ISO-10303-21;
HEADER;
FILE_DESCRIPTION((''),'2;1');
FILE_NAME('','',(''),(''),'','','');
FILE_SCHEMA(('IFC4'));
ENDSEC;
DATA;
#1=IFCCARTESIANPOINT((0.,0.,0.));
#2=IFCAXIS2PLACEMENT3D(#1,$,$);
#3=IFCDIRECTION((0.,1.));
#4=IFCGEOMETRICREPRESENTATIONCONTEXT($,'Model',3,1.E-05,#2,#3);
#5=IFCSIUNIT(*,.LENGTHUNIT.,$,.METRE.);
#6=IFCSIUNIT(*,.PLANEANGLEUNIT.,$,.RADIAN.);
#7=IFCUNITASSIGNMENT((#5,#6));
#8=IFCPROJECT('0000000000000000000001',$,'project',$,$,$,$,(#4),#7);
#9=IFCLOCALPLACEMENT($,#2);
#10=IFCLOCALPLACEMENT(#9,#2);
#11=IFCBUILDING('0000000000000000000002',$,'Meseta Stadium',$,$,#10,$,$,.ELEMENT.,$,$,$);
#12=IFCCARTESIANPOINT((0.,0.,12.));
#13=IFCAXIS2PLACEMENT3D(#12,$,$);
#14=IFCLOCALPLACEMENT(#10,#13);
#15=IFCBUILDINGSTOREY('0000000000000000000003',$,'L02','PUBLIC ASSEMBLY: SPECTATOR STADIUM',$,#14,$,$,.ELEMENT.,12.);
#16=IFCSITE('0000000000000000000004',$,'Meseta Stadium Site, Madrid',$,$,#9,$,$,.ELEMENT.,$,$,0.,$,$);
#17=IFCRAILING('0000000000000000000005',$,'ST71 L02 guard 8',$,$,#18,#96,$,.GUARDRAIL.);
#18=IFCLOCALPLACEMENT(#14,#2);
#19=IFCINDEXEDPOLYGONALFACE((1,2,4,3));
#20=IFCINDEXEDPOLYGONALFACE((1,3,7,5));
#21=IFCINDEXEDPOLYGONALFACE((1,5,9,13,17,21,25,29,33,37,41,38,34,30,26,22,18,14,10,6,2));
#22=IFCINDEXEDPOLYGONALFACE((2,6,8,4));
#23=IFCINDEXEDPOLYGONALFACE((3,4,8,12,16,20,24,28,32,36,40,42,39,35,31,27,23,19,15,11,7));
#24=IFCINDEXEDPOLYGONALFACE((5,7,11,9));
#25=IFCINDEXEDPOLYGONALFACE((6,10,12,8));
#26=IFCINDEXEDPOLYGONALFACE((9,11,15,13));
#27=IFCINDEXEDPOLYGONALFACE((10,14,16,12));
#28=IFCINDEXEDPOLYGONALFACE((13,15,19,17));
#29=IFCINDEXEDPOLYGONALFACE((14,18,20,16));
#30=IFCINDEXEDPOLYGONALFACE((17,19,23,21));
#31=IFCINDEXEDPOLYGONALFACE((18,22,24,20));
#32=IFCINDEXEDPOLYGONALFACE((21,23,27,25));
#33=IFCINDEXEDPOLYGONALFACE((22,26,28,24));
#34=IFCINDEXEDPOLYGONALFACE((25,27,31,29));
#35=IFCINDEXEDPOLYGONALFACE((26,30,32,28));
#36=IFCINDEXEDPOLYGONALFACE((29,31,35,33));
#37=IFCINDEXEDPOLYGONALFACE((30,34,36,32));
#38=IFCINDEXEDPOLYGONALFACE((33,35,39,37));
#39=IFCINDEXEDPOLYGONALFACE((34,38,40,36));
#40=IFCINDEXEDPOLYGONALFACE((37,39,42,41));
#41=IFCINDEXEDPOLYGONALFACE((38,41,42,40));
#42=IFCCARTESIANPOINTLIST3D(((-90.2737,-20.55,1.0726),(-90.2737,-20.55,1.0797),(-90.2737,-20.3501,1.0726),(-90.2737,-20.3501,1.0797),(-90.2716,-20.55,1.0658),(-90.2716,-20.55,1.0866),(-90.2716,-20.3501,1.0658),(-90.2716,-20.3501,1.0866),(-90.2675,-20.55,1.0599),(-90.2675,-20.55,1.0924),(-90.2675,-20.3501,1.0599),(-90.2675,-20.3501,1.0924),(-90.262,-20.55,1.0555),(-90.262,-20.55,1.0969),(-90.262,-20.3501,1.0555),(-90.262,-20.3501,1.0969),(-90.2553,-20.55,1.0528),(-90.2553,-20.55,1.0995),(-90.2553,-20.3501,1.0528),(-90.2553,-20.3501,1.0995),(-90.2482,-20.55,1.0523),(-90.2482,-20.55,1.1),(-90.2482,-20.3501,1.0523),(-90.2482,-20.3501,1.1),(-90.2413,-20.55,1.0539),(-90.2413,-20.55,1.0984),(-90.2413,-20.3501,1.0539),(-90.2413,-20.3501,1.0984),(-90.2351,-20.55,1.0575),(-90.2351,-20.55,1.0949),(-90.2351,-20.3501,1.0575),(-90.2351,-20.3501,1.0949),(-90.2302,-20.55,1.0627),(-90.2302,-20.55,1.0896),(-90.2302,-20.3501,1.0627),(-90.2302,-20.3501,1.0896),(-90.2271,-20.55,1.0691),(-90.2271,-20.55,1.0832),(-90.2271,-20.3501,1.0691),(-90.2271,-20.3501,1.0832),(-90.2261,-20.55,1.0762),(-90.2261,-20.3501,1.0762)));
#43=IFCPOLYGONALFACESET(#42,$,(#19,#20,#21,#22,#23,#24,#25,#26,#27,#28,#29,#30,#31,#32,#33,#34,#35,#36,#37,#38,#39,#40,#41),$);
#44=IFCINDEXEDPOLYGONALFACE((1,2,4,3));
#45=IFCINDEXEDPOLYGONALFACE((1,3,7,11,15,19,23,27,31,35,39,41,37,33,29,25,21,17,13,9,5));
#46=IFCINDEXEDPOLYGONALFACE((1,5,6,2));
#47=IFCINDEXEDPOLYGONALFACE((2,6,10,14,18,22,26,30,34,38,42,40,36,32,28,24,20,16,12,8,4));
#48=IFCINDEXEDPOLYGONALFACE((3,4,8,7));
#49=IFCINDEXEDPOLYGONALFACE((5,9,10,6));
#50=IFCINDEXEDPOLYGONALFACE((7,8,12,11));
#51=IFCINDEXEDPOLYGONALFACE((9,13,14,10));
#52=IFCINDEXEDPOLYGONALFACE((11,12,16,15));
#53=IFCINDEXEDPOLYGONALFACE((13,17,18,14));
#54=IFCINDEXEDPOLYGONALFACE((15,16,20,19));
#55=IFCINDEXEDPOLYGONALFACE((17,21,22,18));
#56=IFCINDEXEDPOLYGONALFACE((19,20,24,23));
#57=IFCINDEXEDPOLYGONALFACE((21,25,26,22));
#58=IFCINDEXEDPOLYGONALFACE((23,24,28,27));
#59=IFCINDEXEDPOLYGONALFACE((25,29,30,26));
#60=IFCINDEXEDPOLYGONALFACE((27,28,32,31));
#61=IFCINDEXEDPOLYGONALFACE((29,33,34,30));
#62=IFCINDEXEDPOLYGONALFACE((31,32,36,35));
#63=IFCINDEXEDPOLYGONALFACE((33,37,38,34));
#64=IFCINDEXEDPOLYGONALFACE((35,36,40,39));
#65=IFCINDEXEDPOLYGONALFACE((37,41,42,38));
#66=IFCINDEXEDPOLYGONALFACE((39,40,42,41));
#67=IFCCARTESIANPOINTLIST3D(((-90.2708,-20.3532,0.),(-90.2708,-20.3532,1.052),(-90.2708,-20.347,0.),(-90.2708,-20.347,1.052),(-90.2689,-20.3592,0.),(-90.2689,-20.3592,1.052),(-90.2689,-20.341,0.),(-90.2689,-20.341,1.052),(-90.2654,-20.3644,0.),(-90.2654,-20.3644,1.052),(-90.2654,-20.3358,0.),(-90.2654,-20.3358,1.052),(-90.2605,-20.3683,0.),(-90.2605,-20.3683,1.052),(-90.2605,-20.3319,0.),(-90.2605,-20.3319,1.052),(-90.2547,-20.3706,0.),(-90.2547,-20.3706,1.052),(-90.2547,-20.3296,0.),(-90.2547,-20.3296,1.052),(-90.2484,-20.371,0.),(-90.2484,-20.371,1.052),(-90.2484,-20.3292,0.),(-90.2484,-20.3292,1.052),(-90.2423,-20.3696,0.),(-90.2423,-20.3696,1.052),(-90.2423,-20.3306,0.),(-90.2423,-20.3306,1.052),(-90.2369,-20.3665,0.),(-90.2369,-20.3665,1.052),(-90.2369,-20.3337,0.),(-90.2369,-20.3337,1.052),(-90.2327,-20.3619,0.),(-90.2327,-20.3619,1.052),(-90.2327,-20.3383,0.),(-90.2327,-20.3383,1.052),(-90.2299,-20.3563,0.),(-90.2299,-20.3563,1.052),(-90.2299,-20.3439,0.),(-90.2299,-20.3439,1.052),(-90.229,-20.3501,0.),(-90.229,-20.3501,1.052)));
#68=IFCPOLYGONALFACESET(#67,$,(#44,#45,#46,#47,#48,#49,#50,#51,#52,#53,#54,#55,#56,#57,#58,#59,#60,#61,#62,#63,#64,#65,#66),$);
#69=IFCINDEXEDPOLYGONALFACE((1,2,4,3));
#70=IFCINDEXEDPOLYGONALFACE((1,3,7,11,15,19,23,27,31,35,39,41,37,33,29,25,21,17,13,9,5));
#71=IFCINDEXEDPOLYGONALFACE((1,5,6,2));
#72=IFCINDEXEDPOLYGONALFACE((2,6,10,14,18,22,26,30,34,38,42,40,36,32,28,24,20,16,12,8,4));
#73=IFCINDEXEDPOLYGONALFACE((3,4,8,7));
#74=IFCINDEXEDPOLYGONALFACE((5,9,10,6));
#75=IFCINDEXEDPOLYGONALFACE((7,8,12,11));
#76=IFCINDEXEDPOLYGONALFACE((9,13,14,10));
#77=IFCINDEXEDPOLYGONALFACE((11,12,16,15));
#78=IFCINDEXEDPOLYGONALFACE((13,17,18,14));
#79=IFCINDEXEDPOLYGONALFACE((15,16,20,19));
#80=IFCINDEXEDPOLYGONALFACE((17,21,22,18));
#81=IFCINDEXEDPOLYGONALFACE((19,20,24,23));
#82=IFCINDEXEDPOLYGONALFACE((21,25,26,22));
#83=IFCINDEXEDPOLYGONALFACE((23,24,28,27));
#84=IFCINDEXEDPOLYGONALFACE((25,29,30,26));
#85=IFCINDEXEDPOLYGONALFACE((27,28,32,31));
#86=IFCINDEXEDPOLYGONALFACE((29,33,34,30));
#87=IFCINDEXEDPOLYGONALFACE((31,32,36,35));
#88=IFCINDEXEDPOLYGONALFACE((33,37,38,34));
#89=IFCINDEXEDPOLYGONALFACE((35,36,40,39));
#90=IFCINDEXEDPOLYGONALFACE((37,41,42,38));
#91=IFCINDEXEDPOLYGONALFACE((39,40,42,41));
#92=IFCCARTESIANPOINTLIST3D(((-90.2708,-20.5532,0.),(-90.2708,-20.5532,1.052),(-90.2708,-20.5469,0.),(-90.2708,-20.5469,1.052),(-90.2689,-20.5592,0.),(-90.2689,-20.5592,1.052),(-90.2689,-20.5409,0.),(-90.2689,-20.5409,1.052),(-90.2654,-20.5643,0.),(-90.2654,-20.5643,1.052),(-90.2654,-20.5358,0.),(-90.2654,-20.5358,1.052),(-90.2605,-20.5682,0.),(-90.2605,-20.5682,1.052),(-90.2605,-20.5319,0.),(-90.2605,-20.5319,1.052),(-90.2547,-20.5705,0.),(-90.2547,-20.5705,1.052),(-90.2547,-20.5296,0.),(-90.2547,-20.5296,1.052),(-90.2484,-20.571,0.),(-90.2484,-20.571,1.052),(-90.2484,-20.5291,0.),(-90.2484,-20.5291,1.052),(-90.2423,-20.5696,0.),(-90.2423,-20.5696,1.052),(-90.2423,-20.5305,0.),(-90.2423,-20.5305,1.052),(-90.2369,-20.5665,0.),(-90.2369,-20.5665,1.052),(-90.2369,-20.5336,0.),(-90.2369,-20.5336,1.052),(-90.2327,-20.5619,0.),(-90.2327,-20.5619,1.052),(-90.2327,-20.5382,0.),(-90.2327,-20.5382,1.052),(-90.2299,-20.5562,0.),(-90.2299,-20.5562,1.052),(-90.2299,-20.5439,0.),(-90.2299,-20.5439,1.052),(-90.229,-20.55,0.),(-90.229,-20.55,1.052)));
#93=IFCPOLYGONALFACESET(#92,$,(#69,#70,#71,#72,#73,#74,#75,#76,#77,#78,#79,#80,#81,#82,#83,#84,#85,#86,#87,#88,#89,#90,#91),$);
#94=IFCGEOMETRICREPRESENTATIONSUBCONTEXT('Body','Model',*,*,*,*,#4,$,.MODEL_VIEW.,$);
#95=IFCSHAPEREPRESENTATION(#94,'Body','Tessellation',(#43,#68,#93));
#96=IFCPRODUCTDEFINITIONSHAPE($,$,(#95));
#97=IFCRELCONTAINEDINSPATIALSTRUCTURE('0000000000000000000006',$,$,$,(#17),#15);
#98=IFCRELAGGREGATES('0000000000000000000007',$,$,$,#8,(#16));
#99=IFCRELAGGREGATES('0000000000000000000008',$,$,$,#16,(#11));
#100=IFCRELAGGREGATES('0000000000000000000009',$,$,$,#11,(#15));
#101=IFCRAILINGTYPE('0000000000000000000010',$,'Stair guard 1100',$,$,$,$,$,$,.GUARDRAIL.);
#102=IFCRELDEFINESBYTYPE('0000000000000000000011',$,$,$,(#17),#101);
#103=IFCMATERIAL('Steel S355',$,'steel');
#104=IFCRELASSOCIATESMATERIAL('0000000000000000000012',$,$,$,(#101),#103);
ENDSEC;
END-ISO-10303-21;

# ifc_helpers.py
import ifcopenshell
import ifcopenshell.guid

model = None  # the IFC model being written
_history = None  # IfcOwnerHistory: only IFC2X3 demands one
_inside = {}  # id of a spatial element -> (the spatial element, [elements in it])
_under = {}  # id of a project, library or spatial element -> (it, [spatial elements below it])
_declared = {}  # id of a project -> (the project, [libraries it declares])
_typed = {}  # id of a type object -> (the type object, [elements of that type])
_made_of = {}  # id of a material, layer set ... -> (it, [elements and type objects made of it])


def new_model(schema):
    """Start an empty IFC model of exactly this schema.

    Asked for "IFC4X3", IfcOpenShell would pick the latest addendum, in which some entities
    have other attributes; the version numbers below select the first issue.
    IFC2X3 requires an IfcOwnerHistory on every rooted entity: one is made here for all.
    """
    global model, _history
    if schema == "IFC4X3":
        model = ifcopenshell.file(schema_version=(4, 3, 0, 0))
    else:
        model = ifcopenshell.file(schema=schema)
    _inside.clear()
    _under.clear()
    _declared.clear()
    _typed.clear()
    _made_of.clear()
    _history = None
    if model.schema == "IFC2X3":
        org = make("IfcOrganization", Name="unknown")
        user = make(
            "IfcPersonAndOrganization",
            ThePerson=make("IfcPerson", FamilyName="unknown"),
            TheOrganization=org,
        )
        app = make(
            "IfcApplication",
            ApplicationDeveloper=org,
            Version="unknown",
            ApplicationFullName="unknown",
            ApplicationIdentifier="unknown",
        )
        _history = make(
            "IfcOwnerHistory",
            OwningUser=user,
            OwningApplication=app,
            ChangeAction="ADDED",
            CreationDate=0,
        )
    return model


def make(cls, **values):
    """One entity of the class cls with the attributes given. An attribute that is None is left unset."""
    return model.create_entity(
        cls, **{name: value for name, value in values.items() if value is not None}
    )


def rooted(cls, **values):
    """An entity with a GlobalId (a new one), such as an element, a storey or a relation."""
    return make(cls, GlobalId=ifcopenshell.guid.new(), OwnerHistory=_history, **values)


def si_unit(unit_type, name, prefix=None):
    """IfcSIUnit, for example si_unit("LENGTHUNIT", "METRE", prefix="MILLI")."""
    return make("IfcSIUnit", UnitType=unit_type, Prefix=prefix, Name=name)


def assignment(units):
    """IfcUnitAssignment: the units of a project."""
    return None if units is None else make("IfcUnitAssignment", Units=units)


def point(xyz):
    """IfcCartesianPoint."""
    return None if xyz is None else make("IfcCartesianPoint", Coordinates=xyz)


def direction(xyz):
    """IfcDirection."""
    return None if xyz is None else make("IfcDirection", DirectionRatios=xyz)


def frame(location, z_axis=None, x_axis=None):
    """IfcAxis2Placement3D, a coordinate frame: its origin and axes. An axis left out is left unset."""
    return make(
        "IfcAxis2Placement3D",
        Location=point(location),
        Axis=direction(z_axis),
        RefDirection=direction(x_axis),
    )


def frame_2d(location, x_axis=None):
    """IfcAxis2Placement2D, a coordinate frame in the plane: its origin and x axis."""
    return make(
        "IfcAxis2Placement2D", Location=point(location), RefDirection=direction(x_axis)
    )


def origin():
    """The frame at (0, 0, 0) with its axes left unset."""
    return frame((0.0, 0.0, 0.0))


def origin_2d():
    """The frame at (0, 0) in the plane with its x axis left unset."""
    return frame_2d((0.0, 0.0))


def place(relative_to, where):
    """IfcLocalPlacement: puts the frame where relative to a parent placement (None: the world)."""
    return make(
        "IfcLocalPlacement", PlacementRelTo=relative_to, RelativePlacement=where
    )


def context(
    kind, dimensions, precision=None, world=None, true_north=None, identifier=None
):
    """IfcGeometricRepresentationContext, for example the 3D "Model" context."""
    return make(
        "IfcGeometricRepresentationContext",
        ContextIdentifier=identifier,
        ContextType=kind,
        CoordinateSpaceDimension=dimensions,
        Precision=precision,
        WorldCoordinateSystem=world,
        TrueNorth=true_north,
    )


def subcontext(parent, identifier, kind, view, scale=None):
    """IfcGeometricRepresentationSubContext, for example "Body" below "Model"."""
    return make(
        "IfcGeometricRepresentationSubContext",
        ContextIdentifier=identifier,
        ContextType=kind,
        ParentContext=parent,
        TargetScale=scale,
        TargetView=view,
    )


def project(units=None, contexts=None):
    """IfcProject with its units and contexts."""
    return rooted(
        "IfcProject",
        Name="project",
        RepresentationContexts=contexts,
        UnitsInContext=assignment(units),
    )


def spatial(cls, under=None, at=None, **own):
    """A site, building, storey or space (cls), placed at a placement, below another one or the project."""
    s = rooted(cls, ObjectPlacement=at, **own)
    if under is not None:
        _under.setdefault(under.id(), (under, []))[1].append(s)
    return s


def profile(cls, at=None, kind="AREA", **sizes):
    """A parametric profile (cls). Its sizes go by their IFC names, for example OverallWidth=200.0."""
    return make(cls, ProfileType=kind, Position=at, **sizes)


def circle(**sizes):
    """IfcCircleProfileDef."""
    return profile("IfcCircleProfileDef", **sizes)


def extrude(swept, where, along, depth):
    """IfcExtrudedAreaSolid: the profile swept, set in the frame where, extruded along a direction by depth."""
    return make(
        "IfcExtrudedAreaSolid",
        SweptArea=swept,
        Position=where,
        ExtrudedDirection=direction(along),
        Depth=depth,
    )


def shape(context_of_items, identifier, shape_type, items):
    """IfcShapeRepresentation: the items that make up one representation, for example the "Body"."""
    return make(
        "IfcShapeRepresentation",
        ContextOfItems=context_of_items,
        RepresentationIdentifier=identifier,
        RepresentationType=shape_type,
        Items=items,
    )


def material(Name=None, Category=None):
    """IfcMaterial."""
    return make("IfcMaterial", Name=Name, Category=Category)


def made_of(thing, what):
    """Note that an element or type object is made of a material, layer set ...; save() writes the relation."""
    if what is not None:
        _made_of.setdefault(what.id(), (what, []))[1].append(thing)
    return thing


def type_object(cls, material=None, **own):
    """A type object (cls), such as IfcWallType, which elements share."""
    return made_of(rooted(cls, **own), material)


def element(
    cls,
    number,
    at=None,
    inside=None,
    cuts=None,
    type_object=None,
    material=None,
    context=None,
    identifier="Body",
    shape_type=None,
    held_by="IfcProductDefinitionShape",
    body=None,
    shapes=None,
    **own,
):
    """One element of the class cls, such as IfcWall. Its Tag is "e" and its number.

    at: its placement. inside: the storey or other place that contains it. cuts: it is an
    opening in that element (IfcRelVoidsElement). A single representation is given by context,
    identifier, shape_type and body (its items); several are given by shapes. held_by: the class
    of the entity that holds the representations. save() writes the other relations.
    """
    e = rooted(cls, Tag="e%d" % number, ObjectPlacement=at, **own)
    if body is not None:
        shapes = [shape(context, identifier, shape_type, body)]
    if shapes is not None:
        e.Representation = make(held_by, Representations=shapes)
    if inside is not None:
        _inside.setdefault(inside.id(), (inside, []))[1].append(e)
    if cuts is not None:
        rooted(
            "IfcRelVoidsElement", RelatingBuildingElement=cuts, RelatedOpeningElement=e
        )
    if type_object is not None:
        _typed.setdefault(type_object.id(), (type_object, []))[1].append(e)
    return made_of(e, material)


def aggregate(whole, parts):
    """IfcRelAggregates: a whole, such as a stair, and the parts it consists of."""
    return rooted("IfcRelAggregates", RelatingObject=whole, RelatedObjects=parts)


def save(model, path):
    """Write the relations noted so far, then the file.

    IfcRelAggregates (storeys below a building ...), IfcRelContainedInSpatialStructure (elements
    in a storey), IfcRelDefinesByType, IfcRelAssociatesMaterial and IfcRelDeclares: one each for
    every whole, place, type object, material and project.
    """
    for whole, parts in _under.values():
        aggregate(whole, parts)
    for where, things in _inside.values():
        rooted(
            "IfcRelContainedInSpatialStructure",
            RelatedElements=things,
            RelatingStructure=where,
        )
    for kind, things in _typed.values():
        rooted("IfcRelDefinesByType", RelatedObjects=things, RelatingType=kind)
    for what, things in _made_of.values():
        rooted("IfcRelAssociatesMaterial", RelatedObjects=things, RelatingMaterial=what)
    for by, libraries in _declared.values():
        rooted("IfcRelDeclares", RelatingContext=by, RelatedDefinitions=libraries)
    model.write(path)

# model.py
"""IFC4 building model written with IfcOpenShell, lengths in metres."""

from ifc_helpers import new_model, si_unit, direction, frame, origin, origin_2d, place, context, subcontext, project, spatial, circle, extrude, material, type_object, element, save


model = new_model("IFC4")

# Units and contexts
model_context = context("Model", 3, precision=1e-05, world=origin(), true_north=direction((0.0, 1.0)))
body_context = subcontext(model_context, "Body", "Model", "MODEL_VIEW")
ifc_project = project(units=[si_unit("LENGTHUNIT", "METRE"), si_unit("PLANEANGLEUNIT", "RADIAN")], contexts=[model_context])

# Site, building, storey
site_placement = place(None, origin())
site = spatial("IfcSite", under=ifc_project, at=site_placement, Name="Meseta Stadium Site, Madrid", CompositionType="ELEMENT", RefElevation=0.0)
building_placement = place(site_placement, origin())
building = spatial("IfcBuilding", under=site, at=building_placement, Name="Meseta Stadium", CompositionType="ELEMENT")
storey_placement = place(building_placement, frame((0.0, 0.0, 12.0)))
storey = spatial("IfcBuildingStorey", under=building, at=storey_placement, Name="L02", Description="PUBLIC ASSEMBLY: SPECTATOR STADIUM", CompositionType="ELEMENT", Elevation=12.0)

# Railing
ifc_material_1 = material(Name="Steel S355", Category="steel")
railing_type_1 = type_object("IfcRailingType", Name="Stair guard 1100", PredefinedType="GUARDRAIL", material=ifc_material_1)
railing_1_placement = place(storey_placement, frame((-90.25, -20.3501, 0.0)))
element("IfcRailing", 1, at=railing_1_placement, inside=storey, type_object=railing_type_1, Name="ST71 L02 guard 8", PredefinedType="GUARDRAIL", context=body_context, shape_type="SweptSolid", body=[
    extrude(circle(Radius=0.0239, at=origin_2d()), frame((0.0, 0.0, 1.0762), z_axis=(0.0, -1.0, 0.0), x_axis=(1.0, 0.0, 0.0)), (0.0, 0.0, 1.0), 0.2),
    extrude(circle(Radius=0.021, at=origin_2d()), origin(), (0.0, 0.0, 1.0), 1.052),
    extrude(circle(Radius=0.021, at=origin_2d()), frame((0.0, -0.2, 0.0)), (0.0, 0.0, 1.0), 1.052),
])

save(model, "model.ifc")
